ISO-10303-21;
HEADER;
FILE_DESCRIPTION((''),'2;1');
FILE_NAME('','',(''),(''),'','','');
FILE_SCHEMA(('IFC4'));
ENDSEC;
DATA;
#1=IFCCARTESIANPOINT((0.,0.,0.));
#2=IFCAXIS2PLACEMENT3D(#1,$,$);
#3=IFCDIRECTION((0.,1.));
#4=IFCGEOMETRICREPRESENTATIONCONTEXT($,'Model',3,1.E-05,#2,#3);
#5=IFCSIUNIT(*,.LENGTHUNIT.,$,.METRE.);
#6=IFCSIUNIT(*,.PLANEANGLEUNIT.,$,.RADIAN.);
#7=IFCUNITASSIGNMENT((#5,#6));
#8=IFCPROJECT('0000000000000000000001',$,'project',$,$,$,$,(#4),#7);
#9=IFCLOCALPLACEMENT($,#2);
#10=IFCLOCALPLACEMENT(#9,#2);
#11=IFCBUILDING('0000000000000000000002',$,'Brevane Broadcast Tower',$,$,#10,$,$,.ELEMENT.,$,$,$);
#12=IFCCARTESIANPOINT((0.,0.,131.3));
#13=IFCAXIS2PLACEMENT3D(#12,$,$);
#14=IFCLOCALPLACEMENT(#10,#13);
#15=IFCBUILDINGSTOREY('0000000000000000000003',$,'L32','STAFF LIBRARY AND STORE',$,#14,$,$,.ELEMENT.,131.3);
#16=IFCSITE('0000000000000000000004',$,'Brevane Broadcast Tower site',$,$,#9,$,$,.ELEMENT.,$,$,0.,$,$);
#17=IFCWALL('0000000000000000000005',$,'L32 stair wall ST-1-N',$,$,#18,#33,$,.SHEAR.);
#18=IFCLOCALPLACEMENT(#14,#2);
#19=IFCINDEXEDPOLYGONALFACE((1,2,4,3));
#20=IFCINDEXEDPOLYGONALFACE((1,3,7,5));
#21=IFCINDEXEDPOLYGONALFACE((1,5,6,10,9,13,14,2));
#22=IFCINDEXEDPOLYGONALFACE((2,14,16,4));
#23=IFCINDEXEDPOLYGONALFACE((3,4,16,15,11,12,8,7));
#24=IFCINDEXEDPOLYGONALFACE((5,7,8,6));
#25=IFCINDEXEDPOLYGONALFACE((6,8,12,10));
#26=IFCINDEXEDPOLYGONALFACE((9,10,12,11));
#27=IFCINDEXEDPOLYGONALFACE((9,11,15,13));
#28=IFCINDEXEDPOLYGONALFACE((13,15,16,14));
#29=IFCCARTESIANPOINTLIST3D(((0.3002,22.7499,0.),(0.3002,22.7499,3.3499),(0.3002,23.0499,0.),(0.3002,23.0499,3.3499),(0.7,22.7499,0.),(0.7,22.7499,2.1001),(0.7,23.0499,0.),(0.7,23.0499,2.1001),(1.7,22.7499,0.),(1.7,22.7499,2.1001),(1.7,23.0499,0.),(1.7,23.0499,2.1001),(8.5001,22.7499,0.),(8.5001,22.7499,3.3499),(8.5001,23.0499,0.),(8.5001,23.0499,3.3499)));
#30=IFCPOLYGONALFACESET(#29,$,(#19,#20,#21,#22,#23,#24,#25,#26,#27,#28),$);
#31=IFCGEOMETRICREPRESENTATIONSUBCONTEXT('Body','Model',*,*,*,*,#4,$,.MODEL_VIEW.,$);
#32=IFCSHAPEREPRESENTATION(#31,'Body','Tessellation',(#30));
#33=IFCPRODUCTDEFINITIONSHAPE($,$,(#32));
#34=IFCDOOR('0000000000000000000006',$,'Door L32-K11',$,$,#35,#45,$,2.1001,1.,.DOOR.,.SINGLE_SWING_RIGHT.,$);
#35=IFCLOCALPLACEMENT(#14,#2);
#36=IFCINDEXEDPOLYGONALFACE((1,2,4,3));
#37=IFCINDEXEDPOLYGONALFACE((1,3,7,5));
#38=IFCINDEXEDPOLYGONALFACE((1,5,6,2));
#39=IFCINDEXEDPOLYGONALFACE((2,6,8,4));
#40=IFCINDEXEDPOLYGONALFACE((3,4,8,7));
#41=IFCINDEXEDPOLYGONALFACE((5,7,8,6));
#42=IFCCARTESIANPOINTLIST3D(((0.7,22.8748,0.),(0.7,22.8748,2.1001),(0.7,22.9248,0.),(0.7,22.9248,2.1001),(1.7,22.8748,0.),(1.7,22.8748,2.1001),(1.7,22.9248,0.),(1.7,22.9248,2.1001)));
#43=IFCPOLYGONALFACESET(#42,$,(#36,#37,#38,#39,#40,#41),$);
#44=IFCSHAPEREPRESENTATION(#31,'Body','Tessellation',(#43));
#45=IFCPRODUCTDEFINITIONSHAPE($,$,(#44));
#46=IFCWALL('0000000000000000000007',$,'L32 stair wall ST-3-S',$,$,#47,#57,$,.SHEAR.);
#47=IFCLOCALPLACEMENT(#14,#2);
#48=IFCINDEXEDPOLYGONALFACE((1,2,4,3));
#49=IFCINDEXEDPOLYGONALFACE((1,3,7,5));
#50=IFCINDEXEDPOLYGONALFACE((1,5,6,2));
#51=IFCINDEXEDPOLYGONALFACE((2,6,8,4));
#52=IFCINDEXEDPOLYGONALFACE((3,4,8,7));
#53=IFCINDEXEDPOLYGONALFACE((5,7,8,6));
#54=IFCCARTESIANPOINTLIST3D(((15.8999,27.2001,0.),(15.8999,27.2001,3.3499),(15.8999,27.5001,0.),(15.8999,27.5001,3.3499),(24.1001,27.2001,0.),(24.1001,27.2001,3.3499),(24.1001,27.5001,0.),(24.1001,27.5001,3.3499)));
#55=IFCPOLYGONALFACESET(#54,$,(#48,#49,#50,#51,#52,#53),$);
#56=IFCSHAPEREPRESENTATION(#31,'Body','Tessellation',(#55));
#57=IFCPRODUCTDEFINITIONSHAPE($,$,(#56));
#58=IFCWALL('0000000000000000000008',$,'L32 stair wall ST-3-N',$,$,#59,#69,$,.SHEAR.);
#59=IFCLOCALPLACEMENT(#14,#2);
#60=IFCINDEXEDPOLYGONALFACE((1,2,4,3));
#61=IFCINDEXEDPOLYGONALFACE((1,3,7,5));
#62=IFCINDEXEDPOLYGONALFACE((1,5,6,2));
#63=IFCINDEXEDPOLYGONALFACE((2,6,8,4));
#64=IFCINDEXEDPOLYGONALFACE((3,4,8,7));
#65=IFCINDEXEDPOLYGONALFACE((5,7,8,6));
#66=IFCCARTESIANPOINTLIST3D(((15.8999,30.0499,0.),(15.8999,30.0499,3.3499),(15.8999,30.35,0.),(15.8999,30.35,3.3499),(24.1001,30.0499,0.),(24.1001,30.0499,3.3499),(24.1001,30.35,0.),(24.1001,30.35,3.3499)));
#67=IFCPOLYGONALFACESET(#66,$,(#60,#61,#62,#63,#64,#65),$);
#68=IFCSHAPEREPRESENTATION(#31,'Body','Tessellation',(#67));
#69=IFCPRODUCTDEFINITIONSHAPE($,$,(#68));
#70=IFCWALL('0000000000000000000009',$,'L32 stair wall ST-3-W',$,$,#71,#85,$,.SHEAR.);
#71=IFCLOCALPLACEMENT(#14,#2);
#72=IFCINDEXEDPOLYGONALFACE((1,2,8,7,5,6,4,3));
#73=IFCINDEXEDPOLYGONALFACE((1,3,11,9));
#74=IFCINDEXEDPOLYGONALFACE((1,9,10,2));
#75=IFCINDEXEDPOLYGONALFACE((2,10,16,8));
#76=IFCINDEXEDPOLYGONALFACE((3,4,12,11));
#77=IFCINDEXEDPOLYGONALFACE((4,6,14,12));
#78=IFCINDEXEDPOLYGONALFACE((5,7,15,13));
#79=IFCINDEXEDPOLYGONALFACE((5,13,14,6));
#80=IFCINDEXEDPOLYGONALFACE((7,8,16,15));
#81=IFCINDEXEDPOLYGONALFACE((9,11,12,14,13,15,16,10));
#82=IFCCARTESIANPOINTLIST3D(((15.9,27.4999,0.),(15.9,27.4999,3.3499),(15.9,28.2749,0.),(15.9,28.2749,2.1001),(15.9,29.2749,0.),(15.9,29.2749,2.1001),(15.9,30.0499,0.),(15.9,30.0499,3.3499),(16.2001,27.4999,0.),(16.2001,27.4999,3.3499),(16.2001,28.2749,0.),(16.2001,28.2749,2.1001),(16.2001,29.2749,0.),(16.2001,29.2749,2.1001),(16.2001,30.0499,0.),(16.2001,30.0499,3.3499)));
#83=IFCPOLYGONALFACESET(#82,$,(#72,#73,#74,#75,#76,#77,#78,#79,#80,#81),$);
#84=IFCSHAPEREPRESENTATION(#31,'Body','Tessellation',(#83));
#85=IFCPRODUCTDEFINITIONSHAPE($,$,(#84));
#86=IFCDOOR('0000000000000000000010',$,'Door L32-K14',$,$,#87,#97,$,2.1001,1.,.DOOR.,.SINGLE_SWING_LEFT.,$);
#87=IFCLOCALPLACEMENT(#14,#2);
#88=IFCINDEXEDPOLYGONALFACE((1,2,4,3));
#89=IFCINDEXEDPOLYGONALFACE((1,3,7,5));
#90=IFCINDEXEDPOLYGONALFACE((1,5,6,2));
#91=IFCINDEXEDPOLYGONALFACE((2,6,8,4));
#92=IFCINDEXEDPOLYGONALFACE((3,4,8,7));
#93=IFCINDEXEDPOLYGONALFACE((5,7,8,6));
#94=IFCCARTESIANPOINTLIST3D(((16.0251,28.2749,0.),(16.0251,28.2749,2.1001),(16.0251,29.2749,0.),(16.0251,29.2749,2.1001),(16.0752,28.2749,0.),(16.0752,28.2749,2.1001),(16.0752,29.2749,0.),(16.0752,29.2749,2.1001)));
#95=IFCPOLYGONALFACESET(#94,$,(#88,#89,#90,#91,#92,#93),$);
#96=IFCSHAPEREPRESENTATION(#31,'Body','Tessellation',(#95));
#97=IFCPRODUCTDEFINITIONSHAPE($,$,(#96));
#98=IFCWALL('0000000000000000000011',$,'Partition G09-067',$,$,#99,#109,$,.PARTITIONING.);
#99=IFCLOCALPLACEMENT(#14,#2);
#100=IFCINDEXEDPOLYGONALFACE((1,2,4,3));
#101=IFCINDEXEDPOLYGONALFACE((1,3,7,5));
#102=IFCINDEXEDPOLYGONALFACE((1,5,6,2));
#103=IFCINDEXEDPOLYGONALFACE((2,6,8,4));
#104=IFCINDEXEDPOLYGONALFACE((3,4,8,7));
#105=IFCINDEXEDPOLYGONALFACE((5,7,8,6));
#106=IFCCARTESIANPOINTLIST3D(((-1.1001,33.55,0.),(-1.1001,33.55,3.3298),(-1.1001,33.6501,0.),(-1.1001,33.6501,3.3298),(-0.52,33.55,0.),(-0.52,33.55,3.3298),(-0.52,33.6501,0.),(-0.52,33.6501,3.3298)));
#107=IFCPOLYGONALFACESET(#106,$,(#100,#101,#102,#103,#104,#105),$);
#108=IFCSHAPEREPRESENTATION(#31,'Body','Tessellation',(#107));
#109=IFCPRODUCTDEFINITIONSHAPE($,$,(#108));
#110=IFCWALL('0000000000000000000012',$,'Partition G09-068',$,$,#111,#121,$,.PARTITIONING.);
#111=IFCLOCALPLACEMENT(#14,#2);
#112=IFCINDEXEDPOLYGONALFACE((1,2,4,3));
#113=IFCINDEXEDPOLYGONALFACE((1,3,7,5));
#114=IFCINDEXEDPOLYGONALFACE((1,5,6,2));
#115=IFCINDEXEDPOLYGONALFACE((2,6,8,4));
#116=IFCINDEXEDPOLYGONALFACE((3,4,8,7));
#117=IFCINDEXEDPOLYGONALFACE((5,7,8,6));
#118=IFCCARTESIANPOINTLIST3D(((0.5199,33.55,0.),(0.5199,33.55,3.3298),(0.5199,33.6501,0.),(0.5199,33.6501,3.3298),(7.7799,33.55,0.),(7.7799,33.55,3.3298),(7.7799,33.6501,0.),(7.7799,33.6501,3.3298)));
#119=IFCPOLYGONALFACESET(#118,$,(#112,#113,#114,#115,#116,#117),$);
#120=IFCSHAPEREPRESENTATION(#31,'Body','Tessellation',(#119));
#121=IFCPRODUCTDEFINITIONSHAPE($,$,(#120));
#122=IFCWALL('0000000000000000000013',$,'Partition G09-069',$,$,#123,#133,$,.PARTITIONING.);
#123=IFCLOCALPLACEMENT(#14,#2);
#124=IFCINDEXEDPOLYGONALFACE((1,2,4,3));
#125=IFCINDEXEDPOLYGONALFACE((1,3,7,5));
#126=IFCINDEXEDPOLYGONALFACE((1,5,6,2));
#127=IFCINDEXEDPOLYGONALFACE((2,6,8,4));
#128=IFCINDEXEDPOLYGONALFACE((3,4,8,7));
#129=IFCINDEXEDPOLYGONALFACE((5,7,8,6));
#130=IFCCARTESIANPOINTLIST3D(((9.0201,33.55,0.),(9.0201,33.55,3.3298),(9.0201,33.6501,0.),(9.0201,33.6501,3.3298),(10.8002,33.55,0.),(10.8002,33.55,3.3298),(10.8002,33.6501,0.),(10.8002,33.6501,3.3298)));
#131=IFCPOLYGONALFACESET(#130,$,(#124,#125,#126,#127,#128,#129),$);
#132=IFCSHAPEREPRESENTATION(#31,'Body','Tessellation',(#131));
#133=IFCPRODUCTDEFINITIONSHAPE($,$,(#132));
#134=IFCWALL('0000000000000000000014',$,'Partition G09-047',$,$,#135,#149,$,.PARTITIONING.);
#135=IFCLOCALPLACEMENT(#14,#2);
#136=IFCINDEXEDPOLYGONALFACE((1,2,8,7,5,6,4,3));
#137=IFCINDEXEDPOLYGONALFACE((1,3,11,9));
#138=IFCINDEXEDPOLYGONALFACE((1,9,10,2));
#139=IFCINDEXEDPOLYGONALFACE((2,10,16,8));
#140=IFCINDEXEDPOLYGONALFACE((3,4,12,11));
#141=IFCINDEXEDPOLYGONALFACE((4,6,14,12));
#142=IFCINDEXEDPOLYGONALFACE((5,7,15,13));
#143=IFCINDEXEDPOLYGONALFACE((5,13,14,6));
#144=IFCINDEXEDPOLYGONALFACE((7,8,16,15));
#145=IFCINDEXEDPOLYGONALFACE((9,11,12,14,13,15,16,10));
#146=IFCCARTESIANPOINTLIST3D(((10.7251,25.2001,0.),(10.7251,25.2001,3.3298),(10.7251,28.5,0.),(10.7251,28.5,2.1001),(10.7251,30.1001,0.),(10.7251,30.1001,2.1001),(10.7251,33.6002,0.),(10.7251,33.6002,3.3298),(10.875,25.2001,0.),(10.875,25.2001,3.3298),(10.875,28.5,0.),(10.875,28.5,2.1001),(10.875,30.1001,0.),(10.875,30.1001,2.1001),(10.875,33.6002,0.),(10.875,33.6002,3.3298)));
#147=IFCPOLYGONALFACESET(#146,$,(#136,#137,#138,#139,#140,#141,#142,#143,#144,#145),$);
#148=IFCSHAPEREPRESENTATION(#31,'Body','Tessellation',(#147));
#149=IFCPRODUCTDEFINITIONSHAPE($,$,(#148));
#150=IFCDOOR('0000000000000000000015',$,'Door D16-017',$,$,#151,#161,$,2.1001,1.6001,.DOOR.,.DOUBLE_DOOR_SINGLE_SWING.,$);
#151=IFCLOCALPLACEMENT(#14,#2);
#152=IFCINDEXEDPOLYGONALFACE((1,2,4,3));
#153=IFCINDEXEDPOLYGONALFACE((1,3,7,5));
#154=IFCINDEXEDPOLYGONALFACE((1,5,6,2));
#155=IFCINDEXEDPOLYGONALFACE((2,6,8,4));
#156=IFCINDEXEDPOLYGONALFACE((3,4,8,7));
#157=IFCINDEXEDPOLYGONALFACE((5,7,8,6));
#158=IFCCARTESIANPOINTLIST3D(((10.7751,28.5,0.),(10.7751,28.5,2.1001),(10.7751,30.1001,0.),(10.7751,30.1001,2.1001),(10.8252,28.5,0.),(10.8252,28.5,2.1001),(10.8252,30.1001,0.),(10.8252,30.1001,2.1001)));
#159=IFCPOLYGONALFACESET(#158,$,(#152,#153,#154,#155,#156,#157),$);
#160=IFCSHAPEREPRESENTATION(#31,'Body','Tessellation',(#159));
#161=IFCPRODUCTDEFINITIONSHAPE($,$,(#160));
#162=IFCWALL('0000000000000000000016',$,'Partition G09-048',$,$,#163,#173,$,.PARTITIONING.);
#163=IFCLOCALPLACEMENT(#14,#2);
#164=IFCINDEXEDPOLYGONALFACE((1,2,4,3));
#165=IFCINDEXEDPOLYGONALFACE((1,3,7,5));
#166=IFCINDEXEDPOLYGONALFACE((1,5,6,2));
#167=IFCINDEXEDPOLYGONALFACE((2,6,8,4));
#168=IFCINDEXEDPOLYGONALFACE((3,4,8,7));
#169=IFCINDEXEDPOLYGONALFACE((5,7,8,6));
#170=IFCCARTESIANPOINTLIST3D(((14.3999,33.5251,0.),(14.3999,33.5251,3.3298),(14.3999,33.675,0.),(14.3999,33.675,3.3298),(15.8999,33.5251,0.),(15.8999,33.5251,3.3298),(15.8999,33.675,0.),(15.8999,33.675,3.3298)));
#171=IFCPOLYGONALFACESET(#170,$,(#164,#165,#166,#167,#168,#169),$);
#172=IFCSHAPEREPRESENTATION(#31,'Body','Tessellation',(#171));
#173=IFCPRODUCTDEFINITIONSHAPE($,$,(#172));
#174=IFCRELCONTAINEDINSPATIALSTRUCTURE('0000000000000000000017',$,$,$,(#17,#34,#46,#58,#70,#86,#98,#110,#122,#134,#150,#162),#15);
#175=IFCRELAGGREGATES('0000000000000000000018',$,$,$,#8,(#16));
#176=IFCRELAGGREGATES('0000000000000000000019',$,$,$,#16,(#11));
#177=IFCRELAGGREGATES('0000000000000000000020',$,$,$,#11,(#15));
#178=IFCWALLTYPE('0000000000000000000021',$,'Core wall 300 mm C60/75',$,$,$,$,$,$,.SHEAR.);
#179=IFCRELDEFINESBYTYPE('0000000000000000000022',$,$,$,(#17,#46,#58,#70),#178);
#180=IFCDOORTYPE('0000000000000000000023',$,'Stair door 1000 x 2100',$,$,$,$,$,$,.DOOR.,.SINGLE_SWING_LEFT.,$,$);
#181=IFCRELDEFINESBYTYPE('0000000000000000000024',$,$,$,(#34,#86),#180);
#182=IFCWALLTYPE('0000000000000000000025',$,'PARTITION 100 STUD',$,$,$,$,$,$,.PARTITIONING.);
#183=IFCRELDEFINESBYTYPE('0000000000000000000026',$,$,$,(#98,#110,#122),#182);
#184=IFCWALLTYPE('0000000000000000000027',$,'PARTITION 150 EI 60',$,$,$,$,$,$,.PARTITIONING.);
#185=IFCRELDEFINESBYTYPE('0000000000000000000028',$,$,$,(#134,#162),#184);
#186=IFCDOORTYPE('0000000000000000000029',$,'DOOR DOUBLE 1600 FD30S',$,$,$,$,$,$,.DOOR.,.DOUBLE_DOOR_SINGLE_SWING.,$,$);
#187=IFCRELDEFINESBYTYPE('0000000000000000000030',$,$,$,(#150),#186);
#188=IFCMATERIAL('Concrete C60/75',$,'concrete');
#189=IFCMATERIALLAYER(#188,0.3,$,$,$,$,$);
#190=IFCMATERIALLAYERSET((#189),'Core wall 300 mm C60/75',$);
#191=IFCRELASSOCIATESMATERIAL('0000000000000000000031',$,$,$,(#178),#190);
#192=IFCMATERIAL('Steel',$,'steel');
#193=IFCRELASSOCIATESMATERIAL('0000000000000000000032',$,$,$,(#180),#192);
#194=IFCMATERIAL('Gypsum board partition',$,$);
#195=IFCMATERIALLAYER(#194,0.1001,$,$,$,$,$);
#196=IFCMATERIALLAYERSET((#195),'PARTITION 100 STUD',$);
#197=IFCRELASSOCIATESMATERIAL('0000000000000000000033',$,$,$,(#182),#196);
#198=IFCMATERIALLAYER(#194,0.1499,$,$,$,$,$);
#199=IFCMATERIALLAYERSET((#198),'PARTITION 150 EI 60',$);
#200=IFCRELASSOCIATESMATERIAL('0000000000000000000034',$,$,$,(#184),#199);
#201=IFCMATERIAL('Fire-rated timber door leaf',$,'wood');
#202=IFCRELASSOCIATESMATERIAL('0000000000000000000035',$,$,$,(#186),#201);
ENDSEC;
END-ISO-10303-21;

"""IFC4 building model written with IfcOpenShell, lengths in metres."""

from ifc_helpers import new_model, si_unit, direction, frame, frame_2d, origin, place, context, subcontext, project, spatial, rectangle, extrude, material, layer, layer_set, type_object, element, fill, save


model = new_model("IFC4")

# Units and contexts
model_context = context("Model", 3, precision=1e-05, world=origin(), true_north=direction((0.0, 1.0)))
body_context = subcontext(model_context, "Body", "Model", "MODEL_VIEW")
ifc_project = project(units=[si_unit("LENGTHUNIT", "METRE"), si_unit("PLANEANGLEUNIT", "RADIAN")], contexts=[model_context])

# Site, building, storey
site_placement = place(None, origin())
site = spatial("IfcSite", under=ifc_project, at=site_placement, Name="Brevane Broadcast Tower site", CompositionType="ELEMENT", RefElevation=0.0)
building_placement = place(site_placement, origin())
building = spatial("IfcBuilding", under=site, at=building_placement, Name="Brevane Broadcast Tower", CompositionType="ELEMENT")
storey_placement = place(building_placement, frame((0.0, 0.0, 131.3)))
storey = spatial("IfcBuildingStorey", under=building, at=storey_placement, Name="L32", Description="STAFF LIBRARY AND STORE", CompositionType="ELEMENT", Elevation=131.3)

# Shared definitions
ifc_material_1 = material(Name="Concrete C60/75", Category="concrete")

# Wall, opening, door
ifc_layer_1 = layer(ifc_material_1, 0.3)
ifc_layer_set_1 = layer_set([ifc_layer_1], Name="Core wall 300 mm C60/75")
wall_type_1 = type_object("IfcWallType", Name="Core wall 300 mm C60/75", PredefinedType="SHEAR", material=ifc_layer_set_1)
wall_1_placement = place(storey_placement, frame((0.3, 22.8999, 0.0), z_axis=(0.0, 0.0, 1.0), x_axis=(1.0, 0.0, 0.0)))
wall_1 = element("IfcWall", 1, at=wall_1_placement, inside=storey, type_object=wall_type_1, Name="L32 stair wall ST-1-N", PredefinedType="SHEAR", context=body_context, shape_type="SweptSolid", body=[
    extrude(rectangle(XDim=8.2, YDim=0.3, at=frame_2d((4.1001, 0.0))), origin(), (0.0, 0.0, 1.0), 3.3499),
])
opening_1_placement = place(wall_1_placement, frame((0.3999, 0.0, 0.0)))
opening_1 = element("IfcOpeningElement", 2, at=opening_1_placement, cuts=wall_1, PredefinedType="OPENING", context=body_context, shape_type="SweptSolid", body=[
    extrude(rectangle(XDim=1.0, YDim=2.1001, at=frame_2d((0.5, 1.05))), frame((0.0, 0.1599, 0.0), z_axis=(0.0, -1.0, 0.0), x_axis=(1.0, 0.0, 0.0)), (0.0, 0.0, 1.0), 0.3201),
])
ifc_material_2 = material(Name="Steel", Category="steel")
door_type_1 = type_object("IfcDoorType", Name="Stair door 1000 x 2100", OperationType="SINGLE_SWING_LEFT", PredefinedType="DOOR", material=ifc_material_2)
door_1_placement = place(opening_1_placement, origin())
door_1 = element("IfcDoor", 3, at=door_1_placement, inside=storey, type_object=door_type_1, Name="Door L32-K11", OperationType="SINGLE_SWING_RIGHT", OverallHeight=2.1001, OverallWidth=1.0, PredefinedType="DOOR", context=body_context, shape_type="SweptSolid", body=[
    extrude(rectangle(XDim=1.0, YDim=2.1001, at=frame_2d((0.5, 1.05))), frame((0.0, 0.0249, 0.0), z_axis=(0.0, -1.0, 0.0), x_axis=(1.0, 0.0, 0.0)), (0.0, 0.0, 1.0), 0.05),
])
fill(opening_1, door_1)

# Walls
for number, where, z_axis, x_axis, name in (
    (4, (15.8999, 27.3501, 0.0), (0.0, 0.0, 1.0), (1.0, 0.0, 0.0), "L32 stair wall ST-3-S"),
    (5, (15.8999, 30.2, 0.0), (0.0, 0.0, 1.0), (1.0, 0.0, 0.0), "L32 stair wall ST-3-N"),
):
    element("IfcWall", number, at=place(storey_placement, frame(where, z_axis=z_axis, x_axis=x_axis)), inside=storey, type_object=wall_type_1, Name=name, PredefinedType="SHEAR", context=body_context, shape_type="SweptSolid", body=[
        extrude(rectangle(XDim=8.2002, YDim=0.3, at=frame_2d((4.1001, 0.0))), origin(), (0.0, 0.0, 1.0), 3.3499),
    ])

# Wall, opening, door
wall_2_placement = place(storey_placement, frame((16.05, 27.5, 0.0), z_axis=(0.0, 0.0, 1.0), x_axis=(0.0, 1.0, 0.0)))
wall_2 = element("IfcWall", 6, at=wall_2_placement, inside=storey, type_object=wall_type_1, Name="L32 stair wall ST-3-W", PredefinedType="SHEAR", context=body_context, shape_type="SweptSolid", body=[
    extrude(rectangle(XDim=2.55, YDim=0.3, at=frame_2d((1.2749, 0.0))), origin(), (0.0, 0.0, 1.0), 3.3499),
])
opening_2_placement = place(wall_2_placement, frame((0.7749, 0.0, 0.0)))
opening_2 = element("IfcOpeningElement", 7, at=opening_2_placement, cuts=wall_2, PredefinedType="OPENING", context=body_context, shape_type="SweptSolid", body=[
    extrude(rectangle(XDim=1.0, YDim=2.1001, at=frame_2d((0.5, 1.05))), frame((0.0, 0.1599, 0.0), z_axis=(0.0, -1.0, 0.0), x_axis=(1.0, 0.0, 0.0)), (0.0, 0.0, 1.0), 0.3201),
])
door_2_placement = place(opening_2_placement, origin())
door_2 = element("IfcDoor", 8, at=door_2_placement, inside=storey, type_object=door_type_1, Name="Door L32-K14", OperationType="SINGLE_SWING_LEFT", OverallHeight=2.1001, OverallWidth=1.0, PredefinedType="DOOR", context=body_context, shape_type="SweptSolid", body=[
    extrude(rectangle(XDim=1.0, YDim=2.1001, at=frame_2d((0.5, 1.05))), frame((0.0, 0.0249, 0.0), z_axis=(0.0, -1.0, 0.0), x_axis=(1.0, 0.0, 0.0)), (0.0, 0.0, 1.0), 0.05),
])
fill(opening_2, door_2)

# Walls
ifc_material_3 = material(Name="Gypsum board partition")
ifc_layer_2 = layer(ifc_material_3, 0.1001)
ifc_layer_set_2 = layer_set([ifc_layer_2], Name="PARTITION 100 STUD")
wall_type_2 = type_object("IfcWallType", Name="PARTITION 100 STUD", PredefinedType="PARTITIONING", material=ifc_layer_set_2)
wall_3_placement = place(storey_placement, frame((-1.1001, 33.6001, 0.0), z_axis=(0.0, 0.0, 1.0), x_axis=(1.0, 0.0, 0.0)))
element("IfcWall", 9, at=wall_3_placement, inside=storey, type_object=wall_type_2, Name="Partition G09-067", PredefinedType="PARTITIONING", context=body_context, shape_type="SweptSolid", body=[
    extrude(rectangle(XDim=0.5801, YDim=0.1001, at=frame_2d((0.29, 0.0))), origin(), (0.0, 0.0, 1.0), 3.3298),
])
wall_4_placement = place(storey_placement, frame((0.52, 33.6001, 0.0), z_axis=(0.0, 0.0, 1.0), x_axis=(1.0, 0.0, 0.0)))
element("IfcWall", 10, at=wall_4_placement, inside=storey, type_object=wall_type_2, Name="Partition G09-068", PredefinedType="PARTITIONING", context=body_context, shape_type="SweptSolid", body=[
    extrude(rectangle(XDim=7.26, YDim=0.1001, at=frame_2d((3.6299, 0.0))), origin(), (0.0, 0.0, 1.0), 3.3298),
])
wall_5_placement = place(storey_placement, frame((9.02, 33.6001, 0.0), z_axis=(0.0, 0.0, 1.0), x_axis=(1.0, 0.0, 0.0)))
element("IfcWall", 11, at=wall_5_placement, inside=storey, type_object=wall_type_2, Name="Partition G09-069", PredefinedType="PARTITIONING", context=body_context, shape_type="SweptSolid", body=[
    extrude(rectangle(XDim=1.78, YDim=0.1001, at=frame_2d((0.8901, 0.0))), origin(), (0.0, 0.0, 1.0), 3.3298),
])

# Wall, opening, door
ifc_layer_3 = layer(ifc_material_3, 0.1499)
ifc_layer_set_3 = layer_set([ifc_layer_3], Name="PARTITION 150 EI 60")
wall_type_3 = type_object("IfcWallType", Name="PARTITION 150 EI 60", PredefinedType="PARTITIONING", material=ifc_layer_set_3)
wall_6_placement = place(storey_placement, frame((10.8, 25.2, 0.0), z_axis=(0.0, 0.0, 1.0), x_axis=(0.0, 1.0, 0.0)))
wall_6 = element("IfcWall", 12, at=wall_6_placement, inside=storey, type_object=wall_type_3, Name="Partition G09-047", PredefinedType="PARTITIONING", context=body_context, shape_type="SweptSolid", body=[
    extrude(rectangle(XDim=8.4001, YDim=0.1499, at=frame_2d((4.2002, 0.0))), origin(), (0.0, 0.0, 1.0), 3.3298),
])
opening_3_placement = place(wall_6_placement, frame((3.3, 0.0, 0.0)))
opening_3 = element("IfcOpeningElement", 13, at=opening_3_placement, cuts=wall_6, PredefinedType="OPENING", context=body_context, shape_type="SweptSolid", body=[
    extrude(rectangle(XDim=1.6001, YDim=2.1001, at=frame_2d((0.8, 1.05))), frame((0.0, 0.085, 0.0), z_axis=(0.0, -1.0, 0.0), x_axis=(1.0, 0.0, 0.0)), (0.0, 0.0, 1.0), 0.1699),
])
ifc_material_4 = material(Name="Fire-rated timber door leaf", Category="wood")
door_type_2 = type_object("IfcDoorType", Name="DOOR DOUBLE 1600 FD30S", OperationType="DOUBLE_DOOR_SINGLE_SWING", PredefinedType="DOOR", material=ifc_material_4)
door_3_placement = place(opening_3_placement, origin())
door_3 = element("IfcDoor", 14, at=door_3_placement, inside=storey, type_object=door_type_2, Name="Door D16-017", OperationType="DOUBLE_DOOR_SINGLE_SWING", OverallHeight=2.1001, OverallWidth=1.6001, PredefinedType="DOOR", context=body_context, shape_type="SweptSolid", body=[
    extrude(rectangle(XDim=1.6001, YDim=2.1001, at=frame_2d((0.8, 1.05))), frame((0.0, 0.0249, 0.0), z_axis=(0.0, -1.0, 0.0), x_axis=(1.0, 0.0, 0.0)), (0.0, 0.0, 1.0), 0.05),
])
fill(opening_3, door_3)

# Wall
wall_7_placement = place(storey_placement, frame((14.3999, 33.6001, 0.0), z_axis=(0.0, 0.0, 1.0), x_axis=(1.0, 0.0, 0.0)))
element("IfcWall", 15, at=wall_7_placement, inside=storey, type_object=wall_type_3, Name="Partition G09-048", PredefinedType="PARTITIONING", context=body_context, shape_type="SweptSolid", body=[
    extrude(rectangle(XDim=1.5, YDim=0.1499, at=frame_2d((0.75, 0.0))), origin(), (0.0, 0.0, 1.0), 3.3298),
])

save(model, "model.ifc")
